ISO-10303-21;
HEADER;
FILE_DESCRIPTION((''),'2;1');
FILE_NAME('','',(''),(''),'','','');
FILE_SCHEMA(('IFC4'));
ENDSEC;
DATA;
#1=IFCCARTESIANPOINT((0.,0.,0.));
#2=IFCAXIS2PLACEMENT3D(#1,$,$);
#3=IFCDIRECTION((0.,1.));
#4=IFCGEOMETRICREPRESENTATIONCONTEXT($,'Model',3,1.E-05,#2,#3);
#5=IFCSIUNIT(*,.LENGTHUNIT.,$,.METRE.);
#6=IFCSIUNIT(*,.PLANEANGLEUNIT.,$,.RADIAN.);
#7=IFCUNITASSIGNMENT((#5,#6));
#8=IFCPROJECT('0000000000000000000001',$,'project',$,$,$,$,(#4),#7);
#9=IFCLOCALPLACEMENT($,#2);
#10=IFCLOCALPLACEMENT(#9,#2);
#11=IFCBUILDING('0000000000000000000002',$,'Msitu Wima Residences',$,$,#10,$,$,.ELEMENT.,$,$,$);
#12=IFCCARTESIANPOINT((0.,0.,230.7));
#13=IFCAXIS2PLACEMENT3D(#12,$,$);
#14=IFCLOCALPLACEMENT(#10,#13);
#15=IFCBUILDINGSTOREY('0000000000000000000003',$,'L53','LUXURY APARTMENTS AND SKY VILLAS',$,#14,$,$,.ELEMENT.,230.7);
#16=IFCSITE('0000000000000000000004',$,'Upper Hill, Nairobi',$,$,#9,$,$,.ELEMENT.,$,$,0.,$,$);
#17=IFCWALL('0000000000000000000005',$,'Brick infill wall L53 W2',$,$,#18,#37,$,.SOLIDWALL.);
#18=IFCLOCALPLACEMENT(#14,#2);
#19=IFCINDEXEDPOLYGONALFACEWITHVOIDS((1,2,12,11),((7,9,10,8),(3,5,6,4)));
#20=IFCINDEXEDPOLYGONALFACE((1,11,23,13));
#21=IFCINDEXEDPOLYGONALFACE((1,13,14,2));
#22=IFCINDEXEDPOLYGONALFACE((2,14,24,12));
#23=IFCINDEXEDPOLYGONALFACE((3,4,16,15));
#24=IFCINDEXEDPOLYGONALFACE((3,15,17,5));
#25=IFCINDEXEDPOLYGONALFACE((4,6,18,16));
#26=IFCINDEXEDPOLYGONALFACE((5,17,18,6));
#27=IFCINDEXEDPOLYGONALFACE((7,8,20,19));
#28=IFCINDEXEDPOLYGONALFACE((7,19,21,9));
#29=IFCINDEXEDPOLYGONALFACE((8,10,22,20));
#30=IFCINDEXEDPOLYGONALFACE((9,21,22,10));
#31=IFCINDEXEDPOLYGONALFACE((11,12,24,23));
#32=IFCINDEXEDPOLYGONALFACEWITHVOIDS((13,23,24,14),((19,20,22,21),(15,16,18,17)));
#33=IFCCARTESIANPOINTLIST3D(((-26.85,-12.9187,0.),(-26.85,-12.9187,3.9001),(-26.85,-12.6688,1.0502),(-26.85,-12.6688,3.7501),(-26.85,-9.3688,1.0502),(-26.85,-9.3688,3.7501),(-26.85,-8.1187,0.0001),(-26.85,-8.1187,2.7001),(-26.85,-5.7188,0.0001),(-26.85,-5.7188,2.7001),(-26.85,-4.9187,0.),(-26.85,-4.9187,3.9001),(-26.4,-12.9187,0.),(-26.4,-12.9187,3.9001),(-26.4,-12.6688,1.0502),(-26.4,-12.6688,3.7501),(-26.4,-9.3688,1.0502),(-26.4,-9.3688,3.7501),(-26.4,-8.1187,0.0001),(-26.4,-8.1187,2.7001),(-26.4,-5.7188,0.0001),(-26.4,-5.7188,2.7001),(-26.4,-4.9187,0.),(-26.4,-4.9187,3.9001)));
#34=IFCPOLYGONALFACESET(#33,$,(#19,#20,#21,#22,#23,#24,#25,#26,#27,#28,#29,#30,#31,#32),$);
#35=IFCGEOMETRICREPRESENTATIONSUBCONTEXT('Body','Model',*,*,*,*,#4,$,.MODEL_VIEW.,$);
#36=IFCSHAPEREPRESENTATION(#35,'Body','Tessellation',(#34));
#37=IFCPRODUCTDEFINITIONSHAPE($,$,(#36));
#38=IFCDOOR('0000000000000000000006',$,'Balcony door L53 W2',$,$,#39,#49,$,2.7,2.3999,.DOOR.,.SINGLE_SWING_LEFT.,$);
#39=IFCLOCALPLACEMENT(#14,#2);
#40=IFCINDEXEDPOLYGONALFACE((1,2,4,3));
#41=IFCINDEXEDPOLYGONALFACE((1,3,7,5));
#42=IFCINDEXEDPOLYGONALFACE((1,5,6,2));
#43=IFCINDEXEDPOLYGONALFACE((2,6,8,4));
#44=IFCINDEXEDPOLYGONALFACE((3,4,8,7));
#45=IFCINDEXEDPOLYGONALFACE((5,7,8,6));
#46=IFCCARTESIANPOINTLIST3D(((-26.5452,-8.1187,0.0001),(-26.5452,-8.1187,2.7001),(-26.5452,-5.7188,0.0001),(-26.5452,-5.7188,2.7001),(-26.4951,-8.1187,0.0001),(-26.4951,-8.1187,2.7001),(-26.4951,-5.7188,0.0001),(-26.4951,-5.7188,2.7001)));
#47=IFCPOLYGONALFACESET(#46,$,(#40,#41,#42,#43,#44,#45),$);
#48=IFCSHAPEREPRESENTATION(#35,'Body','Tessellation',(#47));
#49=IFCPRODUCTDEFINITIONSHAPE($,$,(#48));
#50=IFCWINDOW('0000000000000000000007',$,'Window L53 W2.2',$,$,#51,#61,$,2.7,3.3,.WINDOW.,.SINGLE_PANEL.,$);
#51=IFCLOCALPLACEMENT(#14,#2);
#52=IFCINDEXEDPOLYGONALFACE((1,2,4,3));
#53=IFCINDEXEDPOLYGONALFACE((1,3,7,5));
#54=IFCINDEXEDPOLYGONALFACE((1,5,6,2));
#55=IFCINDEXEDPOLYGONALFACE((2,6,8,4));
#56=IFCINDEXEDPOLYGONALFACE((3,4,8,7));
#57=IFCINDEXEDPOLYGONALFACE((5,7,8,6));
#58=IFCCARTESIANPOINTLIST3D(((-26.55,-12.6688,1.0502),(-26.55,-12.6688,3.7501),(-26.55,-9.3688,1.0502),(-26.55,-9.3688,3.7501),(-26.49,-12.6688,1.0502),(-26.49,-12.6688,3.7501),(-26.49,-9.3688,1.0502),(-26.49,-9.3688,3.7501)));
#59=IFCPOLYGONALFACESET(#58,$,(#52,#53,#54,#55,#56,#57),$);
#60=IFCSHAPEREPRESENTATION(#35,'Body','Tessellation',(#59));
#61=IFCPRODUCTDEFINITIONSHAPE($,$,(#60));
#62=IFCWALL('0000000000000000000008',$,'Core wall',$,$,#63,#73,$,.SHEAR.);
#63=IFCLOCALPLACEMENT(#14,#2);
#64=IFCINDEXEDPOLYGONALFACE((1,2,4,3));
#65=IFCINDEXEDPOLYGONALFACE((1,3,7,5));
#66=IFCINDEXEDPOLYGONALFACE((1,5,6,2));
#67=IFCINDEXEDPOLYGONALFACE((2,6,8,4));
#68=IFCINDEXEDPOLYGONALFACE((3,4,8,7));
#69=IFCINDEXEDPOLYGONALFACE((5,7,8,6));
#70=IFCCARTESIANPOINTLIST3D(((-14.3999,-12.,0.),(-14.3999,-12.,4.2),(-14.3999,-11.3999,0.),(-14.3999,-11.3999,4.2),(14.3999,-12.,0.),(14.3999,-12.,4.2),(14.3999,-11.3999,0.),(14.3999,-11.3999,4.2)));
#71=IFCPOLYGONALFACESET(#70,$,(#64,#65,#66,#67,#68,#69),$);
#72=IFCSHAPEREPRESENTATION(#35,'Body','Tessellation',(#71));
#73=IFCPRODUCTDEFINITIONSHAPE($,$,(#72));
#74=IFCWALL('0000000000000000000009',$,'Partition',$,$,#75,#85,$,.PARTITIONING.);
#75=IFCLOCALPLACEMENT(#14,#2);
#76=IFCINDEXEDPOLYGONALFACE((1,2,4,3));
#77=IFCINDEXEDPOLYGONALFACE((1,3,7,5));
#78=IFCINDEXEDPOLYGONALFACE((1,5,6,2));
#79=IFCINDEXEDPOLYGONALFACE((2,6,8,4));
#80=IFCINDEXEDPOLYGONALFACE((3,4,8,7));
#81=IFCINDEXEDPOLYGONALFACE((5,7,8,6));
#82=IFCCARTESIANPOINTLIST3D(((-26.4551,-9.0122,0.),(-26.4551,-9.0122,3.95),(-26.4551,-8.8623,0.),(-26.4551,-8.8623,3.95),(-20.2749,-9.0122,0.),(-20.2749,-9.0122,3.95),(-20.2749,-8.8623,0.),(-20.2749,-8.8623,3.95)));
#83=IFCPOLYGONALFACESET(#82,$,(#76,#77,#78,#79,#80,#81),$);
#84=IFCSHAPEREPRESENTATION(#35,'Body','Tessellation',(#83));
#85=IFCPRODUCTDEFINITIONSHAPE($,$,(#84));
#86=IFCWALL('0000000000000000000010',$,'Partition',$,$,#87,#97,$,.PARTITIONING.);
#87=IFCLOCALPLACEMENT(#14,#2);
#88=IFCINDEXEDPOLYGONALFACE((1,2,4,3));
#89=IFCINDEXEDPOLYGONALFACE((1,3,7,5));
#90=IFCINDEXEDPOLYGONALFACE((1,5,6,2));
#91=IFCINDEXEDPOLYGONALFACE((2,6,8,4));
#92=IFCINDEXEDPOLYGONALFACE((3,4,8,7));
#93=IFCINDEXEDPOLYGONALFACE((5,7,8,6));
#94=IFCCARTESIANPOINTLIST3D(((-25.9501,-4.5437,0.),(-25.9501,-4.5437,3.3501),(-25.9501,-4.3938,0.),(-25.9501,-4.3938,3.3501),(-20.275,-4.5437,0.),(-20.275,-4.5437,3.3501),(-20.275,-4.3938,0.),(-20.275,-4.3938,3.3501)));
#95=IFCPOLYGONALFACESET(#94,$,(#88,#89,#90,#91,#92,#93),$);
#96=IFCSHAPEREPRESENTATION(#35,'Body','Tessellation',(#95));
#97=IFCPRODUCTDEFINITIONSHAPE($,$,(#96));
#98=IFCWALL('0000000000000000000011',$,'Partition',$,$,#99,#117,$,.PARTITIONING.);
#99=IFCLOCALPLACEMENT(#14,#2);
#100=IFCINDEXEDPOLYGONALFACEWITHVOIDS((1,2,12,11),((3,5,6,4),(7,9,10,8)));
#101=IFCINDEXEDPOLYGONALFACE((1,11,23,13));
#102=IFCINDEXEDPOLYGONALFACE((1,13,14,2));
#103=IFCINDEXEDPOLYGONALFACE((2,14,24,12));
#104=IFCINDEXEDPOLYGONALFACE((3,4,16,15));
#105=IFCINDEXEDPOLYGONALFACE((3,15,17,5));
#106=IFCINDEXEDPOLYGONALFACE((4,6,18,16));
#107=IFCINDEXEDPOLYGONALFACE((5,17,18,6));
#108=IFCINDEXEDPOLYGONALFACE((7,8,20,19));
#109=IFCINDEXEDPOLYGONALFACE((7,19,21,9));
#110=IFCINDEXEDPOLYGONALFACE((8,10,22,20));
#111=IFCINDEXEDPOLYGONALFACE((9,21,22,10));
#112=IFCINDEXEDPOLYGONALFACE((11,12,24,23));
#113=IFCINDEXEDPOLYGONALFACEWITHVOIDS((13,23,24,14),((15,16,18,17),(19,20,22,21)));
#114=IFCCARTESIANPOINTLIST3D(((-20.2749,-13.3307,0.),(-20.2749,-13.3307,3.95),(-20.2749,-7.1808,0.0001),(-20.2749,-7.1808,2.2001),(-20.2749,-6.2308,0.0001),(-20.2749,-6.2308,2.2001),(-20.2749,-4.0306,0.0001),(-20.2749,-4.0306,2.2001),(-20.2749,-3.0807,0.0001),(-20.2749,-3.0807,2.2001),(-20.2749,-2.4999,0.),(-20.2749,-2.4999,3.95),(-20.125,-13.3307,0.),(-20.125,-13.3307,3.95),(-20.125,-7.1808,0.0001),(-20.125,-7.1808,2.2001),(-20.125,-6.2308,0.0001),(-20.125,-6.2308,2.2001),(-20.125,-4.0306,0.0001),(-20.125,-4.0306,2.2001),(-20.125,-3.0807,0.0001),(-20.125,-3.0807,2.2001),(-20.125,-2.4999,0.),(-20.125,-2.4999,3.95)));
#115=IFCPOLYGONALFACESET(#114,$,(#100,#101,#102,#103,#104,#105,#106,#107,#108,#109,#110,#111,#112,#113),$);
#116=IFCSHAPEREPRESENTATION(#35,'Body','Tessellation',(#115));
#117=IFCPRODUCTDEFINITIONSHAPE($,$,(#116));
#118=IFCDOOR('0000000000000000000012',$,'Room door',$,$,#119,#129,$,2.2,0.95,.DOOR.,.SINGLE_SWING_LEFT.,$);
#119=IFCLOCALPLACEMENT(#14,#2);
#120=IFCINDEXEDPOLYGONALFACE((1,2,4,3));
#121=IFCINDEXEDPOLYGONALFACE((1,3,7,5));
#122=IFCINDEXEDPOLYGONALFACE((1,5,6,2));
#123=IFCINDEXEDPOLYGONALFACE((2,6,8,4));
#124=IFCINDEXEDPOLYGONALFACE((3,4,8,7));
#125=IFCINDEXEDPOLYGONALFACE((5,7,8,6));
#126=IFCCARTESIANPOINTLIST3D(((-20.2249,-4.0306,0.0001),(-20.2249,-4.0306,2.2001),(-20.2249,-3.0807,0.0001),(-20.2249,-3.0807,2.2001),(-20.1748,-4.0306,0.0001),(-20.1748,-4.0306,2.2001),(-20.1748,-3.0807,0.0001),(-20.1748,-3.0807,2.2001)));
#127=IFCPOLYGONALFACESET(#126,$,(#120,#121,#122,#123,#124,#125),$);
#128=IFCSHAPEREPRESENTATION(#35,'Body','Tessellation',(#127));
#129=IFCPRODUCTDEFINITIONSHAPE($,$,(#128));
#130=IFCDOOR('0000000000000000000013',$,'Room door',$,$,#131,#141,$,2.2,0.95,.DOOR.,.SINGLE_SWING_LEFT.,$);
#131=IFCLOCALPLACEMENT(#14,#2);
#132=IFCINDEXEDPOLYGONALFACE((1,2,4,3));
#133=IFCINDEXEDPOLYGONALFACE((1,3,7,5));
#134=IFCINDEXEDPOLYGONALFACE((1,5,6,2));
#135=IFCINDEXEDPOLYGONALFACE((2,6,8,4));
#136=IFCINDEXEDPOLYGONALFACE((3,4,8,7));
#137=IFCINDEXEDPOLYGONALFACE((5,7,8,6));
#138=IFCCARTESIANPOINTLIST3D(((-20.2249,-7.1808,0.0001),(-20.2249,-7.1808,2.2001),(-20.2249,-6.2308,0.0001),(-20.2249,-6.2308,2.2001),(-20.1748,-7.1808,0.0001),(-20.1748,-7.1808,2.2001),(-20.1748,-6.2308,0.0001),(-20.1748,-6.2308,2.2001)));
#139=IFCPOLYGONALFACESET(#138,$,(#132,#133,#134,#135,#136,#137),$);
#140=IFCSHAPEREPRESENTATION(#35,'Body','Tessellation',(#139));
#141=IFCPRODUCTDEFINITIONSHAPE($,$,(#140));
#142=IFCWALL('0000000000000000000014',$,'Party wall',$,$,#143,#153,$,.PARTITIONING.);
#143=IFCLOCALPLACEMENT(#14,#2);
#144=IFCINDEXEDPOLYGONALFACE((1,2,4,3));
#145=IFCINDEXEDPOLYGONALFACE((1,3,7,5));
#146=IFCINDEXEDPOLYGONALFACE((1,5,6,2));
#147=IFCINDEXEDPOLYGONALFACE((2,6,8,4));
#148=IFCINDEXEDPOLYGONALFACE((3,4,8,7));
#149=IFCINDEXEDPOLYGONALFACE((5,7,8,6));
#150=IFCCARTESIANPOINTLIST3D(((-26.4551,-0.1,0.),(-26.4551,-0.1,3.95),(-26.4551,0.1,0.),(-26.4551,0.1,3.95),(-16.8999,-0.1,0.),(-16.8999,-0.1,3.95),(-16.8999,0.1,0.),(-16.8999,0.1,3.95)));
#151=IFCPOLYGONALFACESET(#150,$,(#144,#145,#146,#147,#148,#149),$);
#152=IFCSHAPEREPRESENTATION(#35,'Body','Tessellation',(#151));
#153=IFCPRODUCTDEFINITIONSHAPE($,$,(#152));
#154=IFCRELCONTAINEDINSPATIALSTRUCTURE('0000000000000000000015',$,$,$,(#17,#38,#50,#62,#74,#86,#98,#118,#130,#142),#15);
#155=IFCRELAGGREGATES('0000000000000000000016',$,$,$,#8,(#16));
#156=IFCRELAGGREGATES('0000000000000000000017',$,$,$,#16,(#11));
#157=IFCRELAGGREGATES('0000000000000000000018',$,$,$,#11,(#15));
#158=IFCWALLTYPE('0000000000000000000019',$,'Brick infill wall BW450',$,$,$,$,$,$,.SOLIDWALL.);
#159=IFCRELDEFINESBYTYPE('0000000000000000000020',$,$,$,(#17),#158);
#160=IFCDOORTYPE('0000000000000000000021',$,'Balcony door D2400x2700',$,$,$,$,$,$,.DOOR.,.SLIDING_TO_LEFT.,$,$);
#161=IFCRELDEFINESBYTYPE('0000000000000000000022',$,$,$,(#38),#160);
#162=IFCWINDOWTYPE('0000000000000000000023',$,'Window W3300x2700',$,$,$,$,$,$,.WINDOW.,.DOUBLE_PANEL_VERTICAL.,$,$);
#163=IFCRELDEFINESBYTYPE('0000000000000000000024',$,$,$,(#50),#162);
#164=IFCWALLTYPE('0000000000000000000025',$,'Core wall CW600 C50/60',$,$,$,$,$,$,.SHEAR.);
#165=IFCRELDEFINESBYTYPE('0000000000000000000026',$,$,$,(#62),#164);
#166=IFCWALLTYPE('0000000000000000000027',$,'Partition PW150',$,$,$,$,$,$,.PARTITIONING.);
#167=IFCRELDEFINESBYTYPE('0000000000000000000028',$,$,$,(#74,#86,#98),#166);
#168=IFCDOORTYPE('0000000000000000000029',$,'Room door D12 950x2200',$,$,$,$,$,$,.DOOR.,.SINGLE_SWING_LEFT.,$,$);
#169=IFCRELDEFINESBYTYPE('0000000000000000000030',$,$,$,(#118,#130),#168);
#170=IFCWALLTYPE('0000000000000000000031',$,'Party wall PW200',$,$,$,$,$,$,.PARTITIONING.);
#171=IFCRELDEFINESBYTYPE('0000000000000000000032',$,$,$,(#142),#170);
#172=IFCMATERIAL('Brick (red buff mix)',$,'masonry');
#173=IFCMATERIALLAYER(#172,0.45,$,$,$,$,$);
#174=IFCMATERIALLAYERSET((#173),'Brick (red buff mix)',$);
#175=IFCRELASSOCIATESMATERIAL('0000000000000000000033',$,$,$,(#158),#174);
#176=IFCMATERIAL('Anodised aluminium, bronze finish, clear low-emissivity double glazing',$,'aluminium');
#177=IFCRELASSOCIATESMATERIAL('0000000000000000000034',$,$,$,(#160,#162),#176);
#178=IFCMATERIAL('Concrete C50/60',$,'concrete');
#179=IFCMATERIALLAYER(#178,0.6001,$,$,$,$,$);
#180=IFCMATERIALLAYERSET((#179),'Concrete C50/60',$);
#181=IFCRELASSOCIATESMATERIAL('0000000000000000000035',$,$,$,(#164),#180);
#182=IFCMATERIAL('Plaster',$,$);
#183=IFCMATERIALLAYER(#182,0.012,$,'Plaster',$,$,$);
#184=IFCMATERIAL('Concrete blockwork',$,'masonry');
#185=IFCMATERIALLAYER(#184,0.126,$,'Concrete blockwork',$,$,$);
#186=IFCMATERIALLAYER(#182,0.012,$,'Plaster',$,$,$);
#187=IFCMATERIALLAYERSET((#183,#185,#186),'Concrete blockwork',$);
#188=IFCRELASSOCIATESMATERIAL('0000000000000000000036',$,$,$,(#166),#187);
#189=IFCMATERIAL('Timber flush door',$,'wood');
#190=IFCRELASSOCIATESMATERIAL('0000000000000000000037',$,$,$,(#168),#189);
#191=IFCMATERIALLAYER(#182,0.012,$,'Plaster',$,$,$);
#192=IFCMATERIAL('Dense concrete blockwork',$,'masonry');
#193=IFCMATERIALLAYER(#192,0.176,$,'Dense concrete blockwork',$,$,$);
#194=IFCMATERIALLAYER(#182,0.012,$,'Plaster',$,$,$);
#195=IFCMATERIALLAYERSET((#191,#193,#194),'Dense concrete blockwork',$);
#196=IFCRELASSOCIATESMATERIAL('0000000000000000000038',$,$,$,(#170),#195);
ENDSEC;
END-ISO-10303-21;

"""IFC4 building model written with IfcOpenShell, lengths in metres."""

from ifc_helpers import new_model, si_unit, direction, frame, frame_2d, origin, place, context, subcontext, project, spatial, rectangle, extrude, material, layer, layer_set, type_object, element, fill, save


model = new_model("IFC4")

# Units and contexts
model_context = context("Model", 3, precision=1e-05, world=origin(), true_north=direction((0.0, 1.0)))
body_context = subcontext(model_context, "Body", "Model", "MODEL_VIEW")
ifc_project = project(units=[si_unit("LENGTHUNIT", "METRE"), si_unit("PLANEANGLEUNIT", "RADIAN")], contexts=[model_context])

# Site, building, storey
site_placement = place(None, origin())
site = spatial("IfcSite", under=ifc_project, at=site_placement, Name="Upper Hill, Nairobi", CompositionType="ELEMENT", RefElevation=0.0)
building_placement = place(site_placement, origin())
building = spatial("IfcBuilding", under=site, at=building_placement, Name="Msitu Wima Residences", CompositionType="ELEMENT")
storey_placement = place(building_placement, frame((0.0, 0.0, 230.7)))
storey = spatial("IfcBuildingStorey", under=building, at=storey_placement, Name="L53", Description="LUXURY APARTMENTS AND SKY VILLAS", CompositionType="ELEMENT", Elevation=230.7)

# Shared definitions
ifc_material_1 = material(Name="Concrete C50/60", Category="concrete")

# Wall, openings, door, window
ifc_material_2 = material(Name="Brick (red buff mix)", Category="masonry")
ifc_layer_1 = layer(ifc_material_2, 0.45)
ifc_layer_set_1 = layer_set([ifc_layer_1], Name="Brick (red buff mix)")
wall_type_1 = type_object("IfcWallType", Name="Brick infill wall BW450", PredefinedType="SOLIDWALL", material=ifc_layer_set_1)
wall_1_placement = place(storey_placement, frame((-26.625, -4.9187, 0.0), z_axis=(0.0, 0.0, 1.0), x_axis=(0.0, -1.0, 0.0)))
wall_1 = element("IfcWall", 1, at=wall_1_placement, inside=storey, type_object=wall_type_1, Name="Brick infill wall L53 W2", PredefinedType="SOLIDWALL", context=body_context, shape_type="SweptSolid", body=[
    extrude(rectangle(XDim=8.0, YDim=0.45, at=frame_2d((4.0, 0.0))), origin(), (0.0, 0.0, 1.0), 3.9001),
])
opening_1_placement = place(wall_1_placement, frame((0.8, 0.0, 0.0)))
opening_1 = element("IfcOpeningElement", 2, at=opening_1_placement, cuts=wall_1, PredefinedType="OPENING", context=body_context, shape_type="SweptSolid", body=[
    extrude(rectangle(XDim=2.3999, YDim=2.7, at=frame_2d((1.2, 1.3501))), frame((0.0, 0.2349, 0.0), z_axis=(0.0, -1.0, 0.0), x_axis=(1.0, 0.0, 0.0)), (0.0, 0.0, 1.0), 0.47),
])
opening_2_placement = place(wall_1_placement, frame((4.4502, 0.0, 1.05)))
opening_2 = element("IfcOpeningElement", 3, at=opening_2_placement, cuts=wall_1, PredefinedType="OPENING", context=body_context, shape_type="SweptSolid", body=[
    extrude(rectangle(XDim=3.3, YDim=2.7, at=frame_2d((1.6499, 1.3501))), frame((0.0, 0.2349, 0.0), z_axis=(0.0, -1.0, 0.0), x_axis=(1.0, 0.0, 0.0)), (0.0, 0.0, 1.0), 0.47),
])
ifc_material_3 = material(Name="Anodised aluminium, bronze finish, clear low-emissivity double glazing", Category="aluminium")
door_type_1 = type_object("IfcDoorType", Name="Balcony door D2400x2700", OperationType="SLIDING_TO_LEFT", PredefinedType="DOOR", material=ifc_material_3)
door_1_placement = place(opening_1_placement, origin())
door_1 = element("IfcDoor", 4, at=door_1_placement, inside=storey, type_object=door_type_1, Name="Balcony door L53 W2", OperationType="SINGLE_SWING_LEFT", OverallHeight=2.7, OverallWidth=2.3999, PredefinedType="DOOR", context=body_context, shape_type="SweptSolid", body=[
    extrude(rectangle(XDim=2.3999, YDim=2.7, at=frame_2d((1.2, 1.3501))), frame((0.0, 0.1299, 0.0), z_axis=(0.0, -1.0, 0.0), x_axis=(1.0, 0.0, 0.0)), (0.0, 0.0, 1.0), 0.05),
])
fill(opening_1, door_1)
window_type = type_object("IfcWindowType", Name="Window W3300x2700", PartitioningType="DOUBLE_PANEL_VERTICAL", PredefinedType="WINDOW", material=ifc_material_3)
window_placement = place(opening_2_placement, origin())
window = element("IfcWindow", 5, at=window_placement, inside=storey, type_object=window_type, Name="Window L53 W2.2", OverallHeight=2.7, OverallWidth=3.3, PartitioningType="SINGLE_PANEL", PredefinedType="WINDOW", context=body_context, shape_type="SweptSolid", body=[
    extrude(rectangle(XDim=3.3, YDim=2.7, at=frame_2d((1.6499, 1.3501))), frame((0.0, 0.135, 0.0), z_axis=(0.0, -1.0, 0.0), x_axis=(1.0, 0.0, 0.0)), (0.0, 0.0, 1.0), 0.0601),
])
fill(opening_2, window)

# Wall
ifc_layer_2 = layer(ifc_material_1, 0.6001)
ifc_layer_set_2 = layer_set([ifc_layer_2], Name="Concrete C50/60")
wall_type_2 = type_object("IfcWallType", Name="Core wall CW600 C50/60", PredefinedType="SHEAR", material=ifc_layer_set_2)
wall_2_placement = place(storey_placement, frame((-14.3999, -11.7, 0.0), z_axis=(0.0, 0.0, 1.0), x_axis=(1.0, 0.0, 0.0)))
element("IfcWall", 6, at=wall_2_placement, inside=storey, type_object=wall_type_2, Name="Core wall", PredefinedType="SHEAR", context=body_context, shape_type="SweptSolid", body=[
    extrude(rectangle(XDim=28.7998, YDim=0.6001, at=frame_2d((14.3999, 0.0))), origin(), (0.0, 0.0, 1.0), 4.2),
])

# Walls
ifc_material_4 = material(Name="Plaster")
ifc_layer_3 = layer(ifc_material_4, 0.012, Name="Plaster")
ifc_material_5 = material(Name="Concrete blockwork", Category="masonry")
ifc_layer_4 = layer(ifc_material_5, 0.126, Name="Concrete blockwork")
ifc_layer_5 = layer(ifc_material_4, 0.012, Name="Plaster")
ifc_layer_set_3 = layer_set([ifc_layer_3, ifc_layer_4, ifc_layer_5], Name="Concrete blockwork")
wall_type_3 = type_object("IfcWallType", Name="Partition PW150", PredefinedType="PARTITIONING", material=ifc_layer_set_3)
wall_3_placement = place(storey_placement, frame((-26.4551, -8.9373, 0.0), z_axis=(0.0, 0.0, 1.0), x_axis=(1.0, 0.0, 0.0)))
element("IfcWall", 7, at=wall_3_placement, inside=storey, type_object=wall_type_3, Name="Partition", PredefinedType="PARTITIONING", context=body_context, shape_type="SweptSolid", body=[
    extrude(rectangle(XDim=6.1802, YDim=0.1499, at=frame_2d((3.0901, 0.0))), origin(), (0.0, 0.0, 1.0), 3.95),
])
wall_4_placement = place(storey_placement, frame((-25.95, -4.4688, 0.0), z_axis=(0.0, 0.0, 1.0), x_axis=(1.0, 0.0, 0.0)))
element("IfcWall", 8, at=wall_4_placement, inside=storey, type_object=wall_type_3, Name="Partition", PredefinedType="PARTITIONING", context=body_context, shape_type="SweptSolid", body=[
    extrude(rectangle(XDim=5.675, YDim=0.1499, at=frame_2d((2.8374, 0.0))), origin(), (0.0, 0.0, 1.0), 3.3501),
])

# Wall, openings, doors
wall_5_placement = place(storey_placement, frame((-20.2, -13.3308, 0.0), z_axis=(0.0, 0.0, 1.0), x_axis=(0.0, 1.0, 0.0)))
wall_5 = element("IfcWall", 9, at=wall_5_placement, inside=storey, type_object=wall_type_3, Name="Partition", PredefinedType="PARTITIONING", context=body_context, shape_type="SweptSolid", body=[
    extrude(rectangle(XDim=10.8308, YDim=0.1499, at=frame_2d((5.4155, 0.0))), origin(), (0.0, 0.0, 1.0), 3.95),
])
opening_3_placement = place(wall_5_placement, frame((9.3, 0.0, 0.0)))
opening_3 = element("IfcOpeningElement", 10, at=opening_3_placement, cuts=wall_5, PredefinedType="OPENING", context=body_context, shape_type="SweptSolid", body=[
    extrude(rectangle(XDim=0.95, YDim=2.2, at=frame_2d((0.4751, 1.1001))), frame((0.0, 0.085, 0.0), z_axis=(0.0, -1.0, 0.0), x_axis=(1.0, 0.0, 0.0)), (0.0, 0.0, 1.0), 0.1699),
])
opening_4_placement = place(wall_5_placement, frame((6.1499, 0.0, 0.0)))
opening_4 = element("IfcOpeningElement", 11, at=opening_4_placement, cuts=wall_5, PredefinedType="OPENING", context=body_context, shape_type="SweptSolid", body=[
    extrude(rectangle(XDim=0.95, YDim=2.2, at=frame_2d((0.4751, 1.1001))), frame((0.0, 0.085, 0.0), z_axis=(0.0, -1.0, 0.0), x_axis=(1.0, 0.0, 0.0)), (0.0, 0.0, 1.0), 0.1699),
])
ifc_material_6 = material(Name="Timber flush door", Category="wood")
door_type_2 = type_object("IfcDoorType", Name="Room door D12 950x2200", OperationType="SINGLE_SWING_LEFT", PredefinedType="DOOR", material=ifc_material_6)
door_2_placement = place(opening_3_placement, origin())
door_2 = element("IfcDoor", 12, at=door_2_placement, inside=storey, type_object=door_type_2, Name="Room door", OperationType="SINGLE_SWING_LEFT", OverallHeight=2.2, OverallWidth=0.95, PredefinedType="DOOR", context=body_context, shape_type="SweptSolid", body=[
    extrude(rectangle(XDim=0.95, YDim=2.2, at=frame_2d((0.4751, 1.1001))), frame((0.0, 0.0249, 0.0), z_axis=(0.0, -1.0, 0.0), x_axis=(1.0, 0.0, 0.0)), (0.0, 0.0, 1.0), 0.05),
])
fill(opening_3, door_2)
door_3_placement = place(opening_4_placement, origin())
door_3 = element("IfcDoor", 13, at=door_3_placement, inside=storey, type_object=door_type_2, Name="Room door", OperationType="SINGLE_SWING_LEFT", OverallHeight=2.2, OverallWidth=0.95, PredefinedType="DOOR", context=body_context, shape_type="SweptSolid", body=[
    extrude(rectangle(XDim=0.95, YDim=2.2, at=frame_2d((0.4751, 1.1001))), frame((0.0, 0.0249, 0.0), z_axis=(0.0, -1.0, 0.0), x_axis=(1.0, 0.0, 0.0)), (0.0, 0.0, 1.0), 0.05),
])
fill(opening_4, door_3)

# Wall
ifc_layer_6 = layer(ifc_material_4, 0.012, Name="Plaster")
ifc_material_7 = material(Name="Dense concrete blockwork", Category="masonry")
ifc_layer_7 = layer(ifc_material_7, 0.176, Name="Dense concrete blockwork")
ifc_layer_8 = layer(ifc_material_4, 0.012, Name="Plaster")
ifc_layer_set_4 = layer_set([ifc_layer_6, ifc_layer_7, ifc_layer_8], Name="Dense concrete blockwork")
wall_type_4 = type_object("IfcWallType", Name="Party wall PW200", PredefinedType="PARTITIONING", material=ifc_layer_set_4)
wall_6_placement = place(storey_placement, frame((-26.4551, 0.0, 0.0), z_axis=(0.0, 0.0, 1.0), x_axis=(1.0, 0.0, 0.0)))
element("IfcWall", 14, at=wall_6_placement, inside=storey, type_object=wall_type_4, Name="Party wall", PredefinedType="PARTITIONING", context=body_context, shape_type="SweptSolid", body=[
    extrude(rectangle(XDim=9.5552, YDim=0.2, at=frame_2d((4.7776, 0.0))), origin(), (0.0, 0.0, 1.0), 3.95),
])

save(model, "model.ifc")
